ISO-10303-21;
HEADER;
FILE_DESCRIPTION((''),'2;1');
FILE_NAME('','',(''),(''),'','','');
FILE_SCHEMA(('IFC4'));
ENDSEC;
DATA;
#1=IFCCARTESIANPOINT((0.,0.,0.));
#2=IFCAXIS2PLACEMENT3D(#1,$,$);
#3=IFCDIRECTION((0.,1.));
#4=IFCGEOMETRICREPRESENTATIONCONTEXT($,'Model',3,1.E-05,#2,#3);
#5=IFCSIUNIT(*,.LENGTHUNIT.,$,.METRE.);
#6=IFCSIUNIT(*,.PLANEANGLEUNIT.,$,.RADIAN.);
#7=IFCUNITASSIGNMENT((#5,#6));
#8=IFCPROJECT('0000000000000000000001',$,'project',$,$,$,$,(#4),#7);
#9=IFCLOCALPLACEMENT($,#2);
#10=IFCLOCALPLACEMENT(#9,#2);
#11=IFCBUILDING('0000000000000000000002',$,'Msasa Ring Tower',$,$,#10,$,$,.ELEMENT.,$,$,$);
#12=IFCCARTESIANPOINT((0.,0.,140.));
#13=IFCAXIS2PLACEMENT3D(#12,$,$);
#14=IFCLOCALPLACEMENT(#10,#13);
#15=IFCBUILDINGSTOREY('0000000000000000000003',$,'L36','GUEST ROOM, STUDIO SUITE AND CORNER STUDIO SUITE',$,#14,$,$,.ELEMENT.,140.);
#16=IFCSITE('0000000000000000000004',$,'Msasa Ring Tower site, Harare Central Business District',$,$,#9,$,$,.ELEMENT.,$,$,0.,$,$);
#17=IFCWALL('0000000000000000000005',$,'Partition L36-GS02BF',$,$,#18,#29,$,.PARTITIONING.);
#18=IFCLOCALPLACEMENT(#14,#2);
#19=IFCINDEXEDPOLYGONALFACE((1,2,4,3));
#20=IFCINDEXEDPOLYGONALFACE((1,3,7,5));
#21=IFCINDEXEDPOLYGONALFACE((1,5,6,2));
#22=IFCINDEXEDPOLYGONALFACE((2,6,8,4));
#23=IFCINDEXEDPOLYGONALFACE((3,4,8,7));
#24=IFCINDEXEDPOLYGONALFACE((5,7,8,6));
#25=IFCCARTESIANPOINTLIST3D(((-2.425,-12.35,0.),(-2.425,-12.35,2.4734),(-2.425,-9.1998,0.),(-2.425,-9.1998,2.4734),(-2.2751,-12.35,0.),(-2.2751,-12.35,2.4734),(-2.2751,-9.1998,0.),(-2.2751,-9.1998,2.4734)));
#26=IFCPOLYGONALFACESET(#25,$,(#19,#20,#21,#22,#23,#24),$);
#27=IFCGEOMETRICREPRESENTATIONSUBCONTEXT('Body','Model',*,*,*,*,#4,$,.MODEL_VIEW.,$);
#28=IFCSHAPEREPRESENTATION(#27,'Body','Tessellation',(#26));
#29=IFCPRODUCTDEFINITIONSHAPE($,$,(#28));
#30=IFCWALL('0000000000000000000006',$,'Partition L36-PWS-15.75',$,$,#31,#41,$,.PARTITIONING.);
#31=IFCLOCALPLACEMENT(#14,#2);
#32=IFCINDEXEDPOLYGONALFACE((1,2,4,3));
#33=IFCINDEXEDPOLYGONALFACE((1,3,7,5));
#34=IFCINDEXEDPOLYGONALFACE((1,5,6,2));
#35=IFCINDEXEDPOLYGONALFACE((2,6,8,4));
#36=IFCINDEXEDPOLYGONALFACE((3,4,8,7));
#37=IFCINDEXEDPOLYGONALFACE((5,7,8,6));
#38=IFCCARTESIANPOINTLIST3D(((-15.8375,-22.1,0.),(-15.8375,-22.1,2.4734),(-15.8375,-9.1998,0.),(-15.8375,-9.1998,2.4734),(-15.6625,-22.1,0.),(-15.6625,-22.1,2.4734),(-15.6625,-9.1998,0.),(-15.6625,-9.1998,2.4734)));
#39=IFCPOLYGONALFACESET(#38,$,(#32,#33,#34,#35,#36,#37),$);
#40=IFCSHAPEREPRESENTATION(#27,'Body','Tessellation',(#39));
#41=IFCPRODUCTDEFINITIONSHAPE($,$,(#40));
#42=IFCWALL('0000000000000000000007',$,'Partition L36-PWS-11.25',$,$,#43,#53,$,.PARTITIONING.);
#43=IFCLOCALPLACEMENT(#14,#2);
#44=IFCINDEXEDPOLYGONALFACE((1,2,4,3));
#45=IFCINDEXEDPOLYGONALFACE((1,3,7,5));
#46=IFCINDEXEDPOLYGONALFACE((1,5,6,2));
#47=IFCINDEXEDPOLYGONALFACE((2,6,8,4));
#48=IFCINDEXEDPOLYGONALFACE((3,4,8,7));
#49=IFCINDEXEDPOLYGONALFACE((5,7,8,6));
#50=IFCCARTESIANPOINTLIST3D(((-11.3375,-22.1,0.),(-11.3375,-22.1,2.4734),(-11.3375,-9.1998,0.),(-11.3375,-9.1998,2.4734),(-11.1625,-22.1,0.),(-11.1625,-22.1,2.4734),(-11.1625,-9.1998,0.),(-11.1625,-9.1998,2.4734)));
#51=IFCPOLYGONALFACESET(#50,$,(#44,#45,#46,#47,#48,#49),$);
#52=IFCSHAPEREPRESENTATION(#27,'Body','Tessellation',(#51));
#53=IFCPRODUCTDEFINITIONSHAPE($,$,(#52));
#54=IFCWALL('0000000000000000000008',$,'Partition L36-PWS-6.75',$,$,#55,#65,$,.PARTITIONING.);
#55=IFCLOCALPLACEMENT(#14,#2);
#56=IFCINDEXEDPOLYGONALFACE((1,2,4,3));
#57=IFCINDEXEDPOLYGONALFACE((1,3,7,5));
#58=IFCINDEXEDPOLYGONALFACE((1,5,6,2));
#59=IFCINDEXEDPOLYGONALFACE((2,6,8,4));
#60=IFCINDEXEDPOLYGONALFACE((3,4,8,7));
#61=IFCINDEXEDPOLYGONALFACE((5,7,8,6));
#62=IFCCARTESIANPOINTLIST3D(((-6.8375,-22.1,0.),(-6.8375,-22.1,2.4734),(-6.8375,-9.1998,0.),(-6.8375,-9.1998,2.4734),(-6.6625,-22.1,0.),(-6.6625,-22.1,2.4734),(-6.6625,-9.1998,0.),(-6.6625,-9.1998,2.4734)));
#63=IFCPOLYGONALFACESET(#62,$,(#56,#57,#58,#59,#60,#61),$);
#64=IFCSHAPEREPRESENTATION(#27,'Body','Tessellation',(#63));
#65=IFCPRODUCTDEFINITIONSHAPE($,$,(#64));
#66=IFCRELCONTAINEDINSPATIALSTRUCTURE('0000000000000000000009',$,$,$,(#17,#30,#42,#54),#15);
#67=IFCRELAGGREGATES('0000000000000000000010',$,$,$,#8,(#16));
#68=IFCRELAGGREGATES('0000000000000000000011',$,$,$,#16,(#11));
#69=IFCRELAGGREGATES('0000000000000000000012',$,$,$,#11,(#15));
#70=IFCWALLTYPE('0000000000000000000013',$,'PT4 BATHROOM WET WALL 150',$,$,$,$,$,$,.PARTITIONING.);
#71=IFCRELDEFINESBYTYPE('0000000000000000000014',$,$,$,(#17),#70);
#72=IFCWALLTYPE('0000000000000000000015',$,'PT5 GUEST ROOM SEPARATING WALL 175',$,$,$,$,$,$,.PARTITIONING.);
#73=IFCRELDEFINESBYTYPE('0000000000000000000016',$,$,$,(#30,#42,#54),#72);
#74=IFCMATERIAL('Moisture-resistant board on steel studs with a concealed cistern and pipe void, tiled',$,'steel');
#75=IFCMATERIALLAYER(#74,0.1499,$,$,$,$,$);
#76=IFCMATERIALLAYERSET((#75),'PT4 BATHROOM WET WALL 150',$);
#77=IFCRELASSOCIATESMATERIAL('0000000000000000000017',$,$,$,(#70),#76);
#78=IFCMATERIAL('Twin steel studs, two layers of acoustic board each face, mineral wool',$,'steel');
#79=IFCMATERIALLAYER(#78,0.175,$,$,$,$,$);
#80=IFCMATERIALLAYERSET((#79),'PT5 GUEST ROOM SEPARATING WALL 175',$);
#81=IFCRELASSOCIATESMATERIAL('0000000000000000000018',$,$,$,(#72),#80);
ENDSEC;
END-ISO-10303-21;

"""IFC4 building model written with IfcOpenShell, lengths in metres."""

from ifc_helpers import new_model, si_unit, direction, frame, frame_2d, origin, place, context, subcontext, project, spatial, rectangle, extrude, material, layer, layer_set, type_object, element, save


model = new_model("IFC4")

# Units and contexts
model_context = context("Model", 3, precision=1e-05, world=origin(), true_north=direction((0.0, 1.0)))
body_context = subcontext(model_context, "Body", "Model", "MODEL_VIEW")
ifc_project = project(units=[si_unit("LENGTHUNIT", "METRE"), si_unit("PLANEANGLEUNIT", "RADIAN")], contexts=[model_context])

# Site, building, storey
site_placement = place(None, origin())
site = spatial("IfcSite", under=ifc_project, at=site_placement, Name="Msasa Ring Tower site, Harare Central Business District", CompositionType="ELEMENT", RefElevation=0.0)
building_placement = place(site_placement, origin())
building = spatial("IfcBuilding", under=site, at=building_placement, Name="Msasa Ring Tower", CompositionType="ELEMENT")
storey_placement = place(building_placement, frame((0.0, 0.0, 140.0)))
storey = spatial("IfcBuildingStorey", under=building, at=storey_placement, Name="L36", Description="GUEST ROOM, STUDIO SUITE AND CORNER STUDIO SUITE", CompositionType="ELEMENT", Elevation=140.0)

# Shared definitions
ifc_material_1 = material(Name="Moisture-resistant board on steel studs with a concealed cistern and pipe void, tiled", Category="steel")
ifc_layer_1 = layer(ifc_material_1, 0.1499)
ifc_layer_set_1 = layer_set([ifc_layer_1], Name="PT4 BATHROOM WET WALL 150")
wall_type_1 = type_object("IfcWallType", Name="PT4 BATHROOM WET WALL 150", PredefinedType="PARTITIONING", material=ifc_layer_set_1)

# Walls
wall_1_placement = place(storey_placement, frame((-2.3501, -12.3501, 0.0), z_axis=(0.0, 0.0, 1.0), x_axis=(0.0, 1.0, 0.0)))
element("IfcWall", 1, at=wall_1_placement, inside=storey, type_object=wall_type_1, Name="Partition L36-GS02BF", PredefinedType="PARTITIONING", context=body_context, shape_type="SweptSolid", body=[
    extrude(rectangle(XDim=3.1501, YDim=0.1499, at=frame_2d((1.5752, 0.0))), origin(), (0.0, 0.0, 1.0), 2.4734),
])
ifc_material_2 = material(Name="Twin steel studs, two layers of acoustic board each face, mineral wool", Category="steel")
ifc_layer_2 = layer(ifc_material_2, 0.175)
ifc_layer_set_2 = layer_set([ifc_layer_2], Name="PT5 GUEST ROOM SEPARATING WALL 175")
wall_type_2 = type_object("IfcWallType", Name="PT5 GUEST ROOM SEPARATING WALL 175", PredefinedType="PARTITIONING", material=ifc_layer_set_2)
for number, where, z_axis, x_axis, name in (
    (2, (-15.75, -22.1001, 0.0), (0.0, 0.0, 1.0), (0.0, 1.0, 0.0), "Partition L36-PWS-15.75"),
    (3, (-11.25, -22.1001, 0.0), (0.0, 0.0, 1.0), (0.0, 1.0, 0.0), "Partition L36-PWS-11.25"),
    (4, (-6.75, -22.1001, 0.0), (0.0, 0.0, 1.0), (0.0, 1.0, 0.0), "Partition L36-PWS-6.75"),
):
    element("IfcWall", number, at=place(storey_placement, frame(where, z_axis=z_axis, x_axis=x_axis)), inside=storey, type_object=wall_type_2, Name=name, PredefinedType="PARTITIONING", context=body_context, shape_type="SweptSolid", body=[
        extrude(rectangle(XDim=12.9001, YDim=0.175, at=frame_2d((6.4502, 0.0))), origin(), (0.0, 0.0, 1.0), 2.4734),
    ])

save(model, "model.ifc")
